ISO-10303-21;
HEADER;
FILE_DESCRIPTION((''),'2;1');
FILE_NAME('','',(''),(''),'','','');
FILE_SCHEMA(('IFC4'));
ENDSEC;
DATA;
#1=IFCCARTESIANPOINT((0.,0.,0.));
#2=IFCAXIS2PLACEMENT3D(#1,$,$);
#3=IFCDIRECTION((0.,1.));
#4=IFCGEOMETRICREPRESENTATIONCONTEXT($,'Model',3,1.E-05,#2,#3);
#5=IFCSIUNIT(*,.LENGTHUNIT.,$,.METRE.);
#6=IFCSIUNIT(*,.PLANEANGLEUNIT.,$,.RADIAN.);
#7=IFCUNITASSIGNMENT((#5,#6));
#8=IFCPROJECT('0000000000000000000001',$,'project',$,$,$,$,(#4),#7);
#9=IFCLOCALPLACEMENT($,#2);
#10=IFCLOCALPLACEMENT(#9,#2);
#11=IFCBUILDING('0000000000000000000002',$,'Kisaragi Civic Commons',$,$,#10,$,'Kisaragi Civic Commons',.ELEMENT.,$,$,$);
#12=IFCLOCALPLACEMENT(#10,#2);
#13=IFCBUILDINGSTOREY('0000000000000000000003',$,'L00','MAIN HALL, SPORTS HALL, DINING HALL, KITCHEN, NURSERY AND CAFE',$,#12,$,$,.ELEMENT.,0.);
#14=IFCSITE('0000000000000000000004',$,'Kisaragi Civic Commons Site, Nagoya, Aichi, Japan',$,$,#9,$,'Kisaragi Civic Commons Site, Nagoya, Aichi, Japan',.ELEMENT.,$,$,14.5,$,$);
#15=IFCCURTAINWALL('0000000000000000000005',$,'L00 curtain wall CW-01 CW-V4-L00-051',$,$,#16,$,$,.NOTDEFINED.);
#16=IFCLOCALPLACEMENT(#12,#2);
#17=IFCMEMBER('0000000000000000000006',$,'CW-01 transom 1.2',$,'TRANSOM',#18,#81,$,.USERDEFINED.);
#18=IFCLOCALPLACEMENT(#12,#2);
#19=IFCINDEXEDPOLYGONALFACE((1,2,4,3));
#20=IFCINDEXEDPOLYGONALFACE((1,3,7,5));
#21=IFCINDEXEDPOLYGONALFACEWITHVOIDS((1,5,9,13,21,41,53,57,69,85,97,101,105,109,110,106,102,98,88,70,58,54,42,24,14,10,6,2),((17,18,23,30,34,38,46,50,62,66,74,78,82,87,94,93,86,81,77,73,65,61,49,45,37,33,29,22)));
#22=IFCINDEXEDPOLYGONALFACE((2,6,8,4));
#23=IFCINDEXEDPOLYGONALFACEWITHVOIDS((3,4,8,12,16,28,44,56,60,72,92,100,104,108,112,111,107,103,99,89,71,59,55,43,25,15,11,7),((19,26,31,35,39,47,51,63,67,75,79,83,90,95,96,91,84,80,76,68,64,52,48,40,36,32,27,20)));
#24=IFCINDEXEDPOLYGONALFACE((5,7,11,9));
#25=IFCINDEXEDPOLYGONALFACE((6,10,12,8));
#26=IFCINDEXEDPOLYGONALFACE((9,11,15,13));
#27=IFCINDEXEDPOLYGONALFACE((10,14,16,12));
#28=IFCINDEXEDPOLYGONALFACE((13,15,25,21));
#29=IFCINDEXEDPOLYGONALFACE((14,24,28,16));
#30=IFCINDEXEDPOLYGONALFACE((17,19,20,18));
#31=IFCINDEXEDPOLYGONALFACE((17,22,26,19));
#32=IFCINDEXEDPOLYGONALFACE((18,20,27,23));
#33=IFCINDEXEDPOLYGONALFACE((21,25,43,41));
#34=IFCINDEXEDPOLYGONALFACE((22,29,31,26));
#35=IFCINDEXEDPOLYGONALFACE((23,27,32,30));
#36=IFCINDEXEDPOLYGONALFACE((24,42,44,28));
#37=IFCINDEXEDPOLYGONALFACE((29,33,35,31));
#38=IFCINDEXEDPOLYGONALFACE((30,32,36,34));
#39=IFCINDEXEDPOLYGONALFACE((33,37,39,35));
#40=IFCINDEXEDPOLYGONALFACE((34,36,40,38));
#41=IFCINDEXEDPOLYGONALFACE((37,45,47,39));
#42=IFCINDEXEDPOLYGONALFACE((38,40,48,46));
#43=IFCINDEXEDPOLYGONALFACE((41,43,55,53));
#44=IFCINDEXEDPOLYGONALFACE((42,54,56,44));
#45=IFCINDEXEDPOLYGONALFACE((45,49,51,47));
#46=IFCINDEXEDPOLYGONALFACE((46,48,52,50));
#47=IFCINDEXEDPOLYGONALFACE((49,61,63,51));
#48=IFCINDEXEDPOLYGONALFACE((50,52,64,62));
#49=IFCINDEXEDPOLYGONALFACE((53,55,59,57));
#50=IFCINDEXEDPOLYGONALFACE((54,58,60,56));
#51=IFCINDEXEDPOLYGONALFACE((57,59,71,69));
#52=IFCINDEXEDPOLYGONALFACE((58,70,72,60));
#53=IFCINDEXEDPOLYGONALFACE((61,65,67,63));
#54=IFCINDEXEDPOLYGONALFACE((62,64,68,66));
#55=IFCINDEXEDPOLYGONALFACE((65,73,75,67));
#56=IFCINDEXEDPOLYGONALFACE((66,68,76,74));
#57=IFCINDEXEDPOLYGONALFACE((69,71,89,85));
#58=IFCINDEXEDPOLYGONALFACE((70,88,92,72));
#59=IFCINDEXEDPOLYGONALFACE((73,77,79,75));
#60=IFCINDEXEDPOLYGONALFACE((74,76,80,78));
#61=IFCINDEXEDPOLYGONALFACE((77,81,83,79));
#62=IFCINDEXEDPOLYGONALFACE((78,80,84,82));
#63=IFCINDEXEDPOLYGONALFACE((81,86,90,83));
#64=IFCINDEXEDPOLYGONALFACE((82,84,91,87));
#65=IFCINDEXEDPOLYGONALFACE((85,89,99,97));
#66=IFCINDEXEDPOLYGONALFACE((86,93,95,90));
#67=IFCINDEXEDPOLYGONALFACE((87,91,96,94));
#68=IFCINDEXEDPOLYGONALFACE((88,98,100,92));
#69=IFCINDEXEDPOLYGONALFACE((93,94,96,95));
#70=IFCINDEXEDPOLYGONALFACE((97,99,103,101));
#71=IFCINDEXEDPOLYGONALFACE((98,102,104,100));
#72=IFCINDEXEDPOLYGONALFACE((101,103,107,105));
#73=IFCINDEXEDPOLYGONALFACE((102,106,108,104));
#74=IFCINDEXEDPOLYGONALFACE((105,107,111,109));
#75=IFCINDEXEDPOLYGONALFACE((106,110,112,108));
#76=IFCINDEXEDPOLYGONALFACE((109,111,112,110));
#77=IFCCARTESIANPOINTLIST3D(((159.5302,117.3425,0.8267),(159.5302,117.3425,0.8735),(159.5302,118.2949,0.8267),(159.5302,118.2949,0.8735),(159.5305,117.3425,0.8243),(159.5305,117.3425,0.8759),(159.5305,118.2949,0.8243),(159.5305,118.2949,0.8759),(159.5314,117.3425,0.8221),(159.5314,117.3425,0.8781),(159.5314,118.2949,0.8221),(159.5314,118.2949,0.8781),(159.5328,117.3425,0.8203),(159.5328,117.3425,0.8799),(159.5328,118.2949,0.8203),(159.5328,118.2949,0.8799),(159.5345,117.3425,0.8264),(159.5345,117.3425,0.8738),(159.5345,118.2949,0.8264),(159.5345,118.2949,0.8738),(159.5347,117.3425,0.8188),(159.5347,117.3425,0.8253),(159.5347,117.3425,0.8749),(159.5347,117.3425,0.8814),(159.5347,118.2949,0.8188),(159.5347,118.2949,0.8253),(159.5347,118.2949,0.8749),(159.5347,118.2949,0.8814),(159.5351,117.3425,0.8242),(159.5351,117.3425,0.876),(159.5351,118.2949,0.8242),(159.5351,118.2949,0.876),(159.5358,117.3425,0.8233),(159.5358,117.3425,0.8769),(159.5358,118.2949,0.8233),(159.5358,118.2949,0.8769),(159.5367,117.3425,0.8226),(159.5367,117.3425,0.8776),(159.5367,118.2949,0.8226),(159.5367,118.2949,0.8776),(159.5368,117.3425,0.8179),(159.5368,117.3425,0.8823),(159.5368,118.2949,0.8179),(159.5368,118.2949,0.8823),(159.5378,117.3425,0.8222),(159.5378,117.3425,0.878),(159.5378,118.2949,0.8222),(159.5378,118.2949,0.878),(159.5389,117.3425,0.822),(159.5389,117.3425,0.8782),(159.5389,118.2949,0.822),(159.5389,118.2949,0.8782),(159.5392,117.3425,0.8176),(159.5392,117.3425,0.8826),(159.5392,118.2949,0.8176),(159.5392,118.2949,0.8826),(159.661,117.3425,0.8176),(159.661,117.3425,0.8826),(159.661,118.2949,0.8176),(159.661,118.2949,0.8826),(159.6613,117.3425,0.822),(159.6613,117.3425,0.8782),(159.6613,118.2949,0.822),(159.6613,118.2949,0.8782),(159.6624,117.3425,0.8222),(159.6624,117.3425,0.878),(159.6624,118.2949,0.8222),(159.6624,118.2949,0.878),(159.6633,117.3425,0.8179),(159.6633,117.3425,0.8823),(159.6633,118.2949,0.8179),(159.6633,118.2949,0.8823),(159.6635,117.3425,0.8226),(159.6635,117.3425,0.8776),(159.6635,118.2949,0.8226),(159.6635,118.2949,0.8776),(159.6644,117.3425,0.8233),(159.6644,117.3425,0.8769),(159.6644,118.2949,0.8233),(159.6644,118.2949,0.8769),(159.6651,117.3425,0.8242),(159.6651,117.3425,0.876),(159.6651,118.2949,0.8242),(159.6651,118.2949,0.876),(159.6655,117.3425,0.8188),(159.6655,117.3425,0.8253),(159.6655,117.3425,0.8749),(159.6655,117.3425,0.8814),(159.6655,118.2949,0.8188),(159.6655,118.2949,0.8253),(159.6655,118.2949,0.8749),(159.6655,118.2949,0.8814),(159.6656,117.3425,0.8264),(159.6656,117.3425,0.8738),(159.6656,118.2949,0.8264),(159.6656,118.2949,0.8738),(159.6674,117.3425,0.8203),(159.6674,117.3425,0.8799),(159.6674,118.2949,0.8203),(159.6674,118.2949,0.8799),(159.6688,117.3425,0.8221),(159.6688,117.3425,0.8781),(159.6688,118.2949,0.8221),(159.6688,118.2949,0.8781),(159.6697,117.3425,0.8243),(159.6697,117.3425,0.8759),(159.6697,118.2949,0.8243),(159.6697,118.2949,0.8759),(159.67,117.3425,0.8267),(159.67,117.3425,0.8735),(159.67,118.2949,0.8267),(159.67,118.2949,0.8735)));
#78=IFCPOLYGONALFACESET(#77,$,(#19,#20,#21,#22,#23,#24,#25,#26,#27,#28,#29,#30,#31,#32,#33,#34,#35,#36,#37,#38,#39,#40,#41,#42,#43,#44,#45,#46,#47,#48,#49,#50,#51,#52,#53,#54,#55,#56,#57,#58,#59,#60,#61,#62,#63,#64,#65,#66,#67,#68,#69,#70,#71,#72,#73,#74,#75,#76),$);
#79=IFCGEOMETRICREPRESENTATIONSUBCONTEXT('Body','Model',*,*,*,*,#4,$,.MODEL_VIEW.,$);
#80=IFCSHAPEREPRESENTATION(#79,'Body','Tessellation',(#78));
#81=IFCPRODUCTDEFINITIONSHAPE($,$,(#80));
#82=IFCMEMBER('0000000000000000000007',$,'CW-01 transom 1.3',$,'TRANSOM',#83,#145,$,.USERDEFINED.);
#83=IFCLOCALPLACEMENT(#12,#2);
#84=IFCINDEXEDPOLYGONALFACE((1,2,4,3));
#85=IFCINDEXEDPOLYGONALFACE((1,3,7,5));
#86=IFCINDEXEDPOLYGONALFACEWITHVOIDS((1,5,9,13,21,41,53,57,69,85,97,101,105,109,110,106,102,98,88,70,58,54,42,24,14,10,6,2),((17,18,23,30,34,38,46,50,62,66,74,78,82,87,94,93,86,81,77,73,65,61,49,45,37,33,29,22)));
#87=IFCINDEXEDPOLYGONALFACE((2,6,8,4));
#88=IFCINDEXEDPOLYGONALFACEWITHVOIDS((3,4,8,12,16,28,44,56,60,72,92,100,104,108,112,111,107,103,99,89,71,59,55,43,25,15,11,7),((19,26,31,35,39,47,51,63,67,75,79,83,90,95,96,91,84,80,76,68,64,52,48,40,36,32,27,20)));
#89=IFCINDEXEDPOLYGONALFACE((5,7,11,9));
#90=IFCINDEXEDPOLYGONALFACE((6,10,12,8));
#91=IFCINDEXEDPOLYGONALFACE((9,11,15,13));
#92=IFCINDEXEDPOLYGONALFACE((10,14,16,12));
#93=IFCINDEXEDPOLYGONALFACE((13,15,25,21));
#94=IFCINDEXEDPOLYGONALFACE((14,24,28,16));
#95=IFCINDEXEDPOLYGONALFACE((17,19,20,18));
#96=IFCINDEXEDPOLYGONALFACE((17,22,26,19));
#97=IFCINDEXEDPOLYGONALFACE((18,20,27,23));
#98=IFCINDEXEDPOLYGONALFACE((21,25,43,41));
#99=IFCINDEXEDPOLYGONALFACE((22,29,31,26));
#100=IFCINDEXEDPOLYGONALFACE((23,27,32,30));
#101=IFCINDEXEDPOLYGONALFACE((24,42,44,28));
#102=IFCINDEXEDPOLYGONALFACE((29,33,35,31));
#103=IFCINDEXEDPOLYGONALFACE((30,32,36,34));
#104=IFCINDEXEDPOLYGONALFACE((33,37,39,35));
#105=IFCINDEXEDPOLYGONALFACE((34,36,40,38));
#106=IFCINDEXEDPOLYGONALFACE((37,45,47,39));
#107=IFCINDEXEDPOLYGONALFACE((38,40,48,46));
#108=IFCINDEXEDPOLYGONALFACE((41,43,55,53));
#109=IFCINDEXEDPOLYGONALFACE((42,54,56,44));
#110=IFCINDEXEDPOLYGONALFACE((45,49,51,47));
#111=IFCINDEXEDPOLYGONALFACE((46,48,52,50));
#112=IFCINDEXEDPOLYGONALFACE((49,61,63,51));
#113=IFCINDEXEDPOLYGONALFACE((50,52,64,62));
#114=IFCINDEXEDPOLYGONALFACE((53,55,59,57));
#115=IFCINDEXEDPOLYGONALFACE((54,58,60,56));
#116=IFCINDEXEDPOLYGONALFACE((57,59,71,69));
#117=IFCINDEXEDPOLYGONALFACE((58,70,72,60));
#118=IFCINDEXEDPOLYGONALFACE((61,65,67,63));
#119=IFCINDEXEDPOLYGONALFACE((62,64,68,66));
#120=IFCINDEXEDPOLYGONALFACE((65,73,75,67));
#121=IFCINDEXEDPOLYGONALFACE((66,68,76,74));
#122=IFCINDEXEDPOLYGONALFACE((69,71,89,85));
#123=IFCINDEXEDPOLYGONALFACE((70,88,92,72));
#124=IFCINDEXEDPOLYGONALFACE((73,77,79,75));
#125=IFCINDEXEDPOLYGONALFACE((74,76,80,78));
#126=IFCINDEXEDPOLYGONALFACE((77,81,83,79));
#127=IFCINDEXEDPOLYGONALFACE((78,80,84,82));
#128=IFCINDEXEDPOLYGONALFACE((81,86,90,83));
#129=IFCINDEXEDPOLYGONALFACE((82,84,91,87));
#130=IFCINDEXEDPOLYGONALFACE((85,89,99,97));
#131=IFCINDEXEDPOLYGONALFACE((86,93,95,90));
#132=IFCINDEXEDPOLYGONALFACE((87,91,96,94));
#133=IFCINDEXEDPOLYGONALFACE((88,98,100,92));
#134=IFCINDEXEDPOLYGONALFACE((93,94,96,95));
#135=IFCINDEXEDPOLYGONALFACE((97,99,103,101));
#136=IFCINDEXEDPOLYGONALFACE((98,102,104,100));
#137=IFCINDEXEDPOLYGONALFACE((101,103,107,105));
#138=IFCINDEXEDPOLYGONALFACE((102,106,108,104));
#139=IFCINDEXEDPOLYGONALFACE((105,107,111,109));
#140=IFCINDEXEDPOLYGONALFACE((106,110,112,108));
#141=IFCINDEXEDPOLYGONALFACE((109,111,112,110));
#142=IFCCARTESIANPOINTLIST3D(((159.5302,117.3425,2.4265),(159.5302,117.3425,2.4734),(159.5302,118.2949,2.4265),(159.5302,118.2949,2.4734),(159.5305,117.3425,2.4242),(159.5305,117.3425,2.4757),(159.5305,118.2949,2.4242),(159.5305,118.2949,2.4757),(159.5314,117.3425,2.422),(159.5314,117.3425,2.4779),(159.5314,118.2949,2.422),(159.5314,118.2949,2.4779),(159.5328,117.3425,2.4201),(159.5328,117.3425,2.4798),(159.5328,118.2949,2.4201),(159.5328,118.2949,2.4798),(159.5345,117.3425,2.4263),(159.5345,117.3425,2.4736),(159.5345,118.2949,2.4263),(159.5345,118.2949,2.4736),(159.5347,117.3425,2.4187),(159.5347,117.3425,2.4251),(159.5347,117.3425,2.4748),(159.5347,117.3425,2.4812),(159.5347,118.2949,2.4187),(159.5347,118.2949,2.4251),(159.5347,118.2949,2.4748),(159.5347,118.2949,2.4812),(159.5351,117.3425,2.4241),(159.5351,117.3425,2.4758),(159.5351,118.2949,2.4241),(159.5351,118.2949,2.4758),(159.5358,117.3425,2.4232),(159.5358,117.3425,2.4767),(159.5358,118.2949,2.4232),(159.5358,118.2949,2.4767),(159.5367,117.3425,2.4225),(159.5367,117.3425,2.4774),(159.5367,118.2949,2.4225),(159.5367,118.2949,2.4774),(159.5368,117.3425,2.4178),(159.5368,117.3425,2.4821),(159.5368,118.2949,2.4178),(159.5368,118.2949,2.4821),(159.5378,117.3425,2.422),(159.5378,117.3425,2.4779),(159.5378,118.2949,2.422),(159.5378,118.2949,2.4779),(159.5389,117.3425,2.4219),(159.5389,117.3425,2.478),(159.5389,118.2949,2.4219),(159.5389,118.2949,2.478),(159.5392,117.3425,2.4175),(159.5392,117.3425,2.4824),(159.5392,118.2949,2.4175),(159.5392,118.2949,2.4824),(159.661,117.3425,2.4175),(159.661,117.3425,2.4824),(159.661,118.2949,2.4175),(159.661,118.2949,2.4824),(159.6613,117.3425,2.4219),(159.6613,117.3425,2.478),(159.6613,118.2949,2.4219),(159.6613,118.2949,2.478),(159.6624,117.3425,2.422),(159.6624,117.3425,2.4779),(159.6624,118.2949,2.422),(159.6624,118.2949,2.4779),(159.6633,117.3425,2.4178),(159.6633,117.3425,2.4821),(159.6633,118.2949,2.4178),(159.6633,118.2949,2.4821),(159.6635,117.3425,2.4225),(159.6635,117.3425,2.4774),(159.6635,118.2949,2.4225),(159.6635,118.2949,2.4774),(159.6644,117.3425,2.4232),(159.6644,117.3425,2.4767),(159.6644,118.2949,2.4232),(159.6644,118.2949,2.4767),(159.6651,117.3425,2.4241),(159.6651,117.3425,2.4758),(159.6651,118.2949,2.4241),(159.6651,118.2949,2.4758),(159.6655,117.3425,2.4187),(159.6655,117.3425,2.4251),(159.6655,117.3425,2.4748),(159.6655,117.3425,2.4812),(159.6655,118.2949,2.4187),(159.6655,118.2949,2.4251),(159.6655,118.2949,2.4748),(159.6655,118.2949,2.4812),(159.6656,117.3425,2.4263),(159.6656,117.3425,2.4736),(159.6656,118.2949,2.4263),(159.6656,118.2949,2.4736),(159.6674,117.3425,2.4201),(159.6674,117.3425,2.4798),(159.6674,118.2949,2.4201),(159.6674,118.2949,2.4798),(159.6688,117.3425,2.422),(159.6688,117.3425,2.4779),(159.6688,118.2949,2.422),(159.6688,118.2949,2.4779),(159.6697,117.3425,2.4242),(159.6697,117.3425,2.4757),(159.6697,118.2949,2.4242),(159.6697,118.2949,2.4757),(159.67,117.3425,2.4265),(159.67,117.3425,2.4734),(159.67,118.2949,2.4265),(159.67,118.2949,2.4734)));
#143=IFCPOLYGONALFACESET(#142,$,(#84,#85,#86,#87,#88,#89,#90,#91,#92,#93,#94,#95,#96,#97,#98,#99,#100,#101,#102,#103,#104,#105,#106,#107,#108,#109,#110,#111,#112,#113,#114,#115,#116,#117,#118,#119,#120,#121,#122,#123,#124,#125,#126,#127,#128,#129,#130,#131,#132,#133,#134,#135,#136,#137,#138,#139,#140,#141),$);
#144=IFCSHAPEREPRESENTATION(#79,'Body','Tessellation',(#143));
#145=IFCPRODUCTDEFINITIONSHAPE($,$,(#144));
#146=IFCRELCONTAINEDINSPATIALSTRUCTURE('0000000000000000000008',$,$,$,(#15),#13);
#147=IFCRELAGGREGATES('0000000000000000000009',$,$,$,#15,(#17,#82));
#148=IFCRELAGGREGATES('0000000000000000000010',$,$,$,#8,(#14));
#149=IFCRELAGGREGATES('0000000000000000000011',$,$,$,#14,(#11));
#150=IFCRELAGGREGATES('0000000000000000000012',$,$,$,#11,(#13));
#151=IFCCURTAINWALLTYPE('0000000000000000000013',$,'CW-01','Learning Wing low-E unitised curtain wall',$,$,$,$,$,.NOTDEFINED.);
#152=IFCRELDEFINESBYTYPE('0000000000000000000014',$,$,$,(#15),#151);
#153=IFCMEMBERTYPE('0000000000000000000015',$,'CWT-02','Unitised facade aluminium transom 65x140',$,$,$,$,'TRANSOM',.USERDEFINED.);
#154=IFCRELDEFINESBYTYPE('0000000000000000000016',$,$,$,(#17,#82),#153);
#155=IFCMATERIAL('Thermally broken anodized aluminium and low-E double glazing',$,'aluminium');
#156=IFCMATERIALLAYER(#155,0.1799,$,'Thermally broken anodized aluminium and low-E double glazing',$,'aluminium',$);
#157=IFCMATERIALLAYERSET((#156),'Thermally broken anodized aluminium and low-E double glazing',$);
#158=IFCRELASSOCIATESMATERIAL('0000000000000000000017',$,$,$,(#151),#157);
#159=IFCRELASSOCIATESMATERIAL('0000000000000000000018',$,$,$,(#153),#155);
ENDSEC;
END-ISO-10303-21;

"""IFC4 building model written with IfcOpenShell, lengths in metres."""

from ifc_helpers import new_model, si_unit, direction, frame, origin, origin_2d, place, context, subcontext, project, spatial, hollow_rectangle, extrude, material, layer, layer_set, material_profile, profile_set, type_object, element, aggregate, save


model = new_model("IFC4")

# Units and contexts
model_context = context("Model", 3, precision=1e-05, world=origin(), true_north=direction((0.0, 1.0)))
body_context = subcontext(model_context, "Body", "Model", "MODEL_VIEW")
ifc_project = project(units=[si_unit("LENGTHUNIT", "METRE"), si_unit("PLANEANGLEUNIT", "RADIAN")], contexts=[model_context])

# Site, building, storey
site_placement = place(None, origin())
site = spatial("IfcSite", under=ifc_project, at=site_placement, Name="Kisaragi Civic Commons Site, Nagoya, Aichi, Japan", LongName="Kisaragi Civic Commons Site, Nagoya, Aichi, Japan", CompositionType="ELEMENT", RefElevation=14.5)
building_placement = place(site_placement, origin())
building = spatial("IfcBuilding", under=site, at=building_placement, Name="Kisaragi Civic Commons", LongName="Kisaragi Civic Commons", CompositionType="ELEMENT")
storey_placement = place(building_placement, origin())
storey = spatial("IfcBuildingStorey", under=building, at=storey_placement, Name="L00", Description="MAIN HALL, SPORTS HALL, DINING HALL, KITCHEN, NURSERY AND CAFE", CompositionType="ELEMENT", Elevation=0.0)

# Shared definitions
ifc_material_1 = material(Name="Thermally broken anodized aluminium and low-E double glazing", Category="aluminium")
ifc_layer_1 = layer(ifc_material_1, 0.1799, Name="Thermally broken anodized aluminium and low-E double glazing", Category="aluminium")
ifc_layer_set_1 = layer_set([ifc_layer_1], Name="Thermally broken anodized aluminium and low-E double glazing")
curtain_wall_type = type_object("IfcCurtainWallType", Name="CW-01", Description="Learning Wing low-E unitised curtain wall", PredefinedType="NOTDEFINED", material=ifc_layer_set_1)

# Curtain wall
curtain_wall_1_placement = place(storey_placement, origin())
curtain_wall_1 = element("IfcCurtainWall", 1, at=curtain_wall_1_placement, inside=storey, type_object=curtain_wall_type, Name="L00 curtain wall CW-01 CW-V4-L00-051", PredefinedType="NOTDEFINED")

# Members
ifc_material_profile_1 = material_profile(ifc_material_1, hollow_rectangle(XDim=0.1399, YDim=0.0649, WallThickness=0.0044, InnerFilletRadius=0.0044, OuterFilletRadius=0.009, at=origin_2d()), Name="CWT-65x140x4.5", Category="aluminium")
ifc_profile_set_1 = profile_set([ifc_material_profile_1], Name="Thermally broken anodized aluminium and low-E double glazing")
member_type_1 = type_object("IfcMemberType", Name="CWT-02", Description="Unitised facade aluminium transom 65x140", ElementType="TRANSOM", PredefinedType="USERDEFINED", material=ifc_profile_set_1)
member_1_placement = place(storey_placement, frame((159.6001, 118.2949, 0.8501), z_axis=(0.0, -1.0, 0.0), x_axis=(1.0, 0.0, 0.0)))
member_1 = element("IfcMember", 2, at=member_1_placement, type_object=member_type_1, Name="CW-01 transom 1.2", ObjectType="TRANSOM", PredefinedType="USERDEFINED", context=body_context, shape_type="SweptSolid", body=[
    extrude(hollow_rectangle(XDim=0.1399, YDim=0.0649, WallThickness=0.0044, InnerFilletRadius=0.0044, OuterFilletRadius=0.009, at=origin_2d()), origin(), (0.0, 0.0, 1.0), 0.9524),
])
member_2_placement = place(storey_placement, frame((159.6001, 118.2949, 2.45), z_axis=(0.0, -1.0, 0.0), x_axis=(1.0, 0.0, 0.0)))
member_2 = element("IfcMember", 3, at=member_2_placement, type_object=member_type_1, Name="CW-01 transom 1.3", ObjectType="TRANSOM", PredefinedType="USERDEFINED", context=body_context, shape_type="SweptSolid", body=[
    extrude(hollow_rectangle(XDim=0.1399, YDim=0.0649, WallThickness=0.0044, InnerFilletRadius=0.0044, OuterFilletRadius=0.009, at=origin_2d()), origin(), (0.0, 0.0, 1.0), 0.9524),
])
aggregate(curtain_wall_1, [member_1, member_2])

save(model, "model.ifc")
